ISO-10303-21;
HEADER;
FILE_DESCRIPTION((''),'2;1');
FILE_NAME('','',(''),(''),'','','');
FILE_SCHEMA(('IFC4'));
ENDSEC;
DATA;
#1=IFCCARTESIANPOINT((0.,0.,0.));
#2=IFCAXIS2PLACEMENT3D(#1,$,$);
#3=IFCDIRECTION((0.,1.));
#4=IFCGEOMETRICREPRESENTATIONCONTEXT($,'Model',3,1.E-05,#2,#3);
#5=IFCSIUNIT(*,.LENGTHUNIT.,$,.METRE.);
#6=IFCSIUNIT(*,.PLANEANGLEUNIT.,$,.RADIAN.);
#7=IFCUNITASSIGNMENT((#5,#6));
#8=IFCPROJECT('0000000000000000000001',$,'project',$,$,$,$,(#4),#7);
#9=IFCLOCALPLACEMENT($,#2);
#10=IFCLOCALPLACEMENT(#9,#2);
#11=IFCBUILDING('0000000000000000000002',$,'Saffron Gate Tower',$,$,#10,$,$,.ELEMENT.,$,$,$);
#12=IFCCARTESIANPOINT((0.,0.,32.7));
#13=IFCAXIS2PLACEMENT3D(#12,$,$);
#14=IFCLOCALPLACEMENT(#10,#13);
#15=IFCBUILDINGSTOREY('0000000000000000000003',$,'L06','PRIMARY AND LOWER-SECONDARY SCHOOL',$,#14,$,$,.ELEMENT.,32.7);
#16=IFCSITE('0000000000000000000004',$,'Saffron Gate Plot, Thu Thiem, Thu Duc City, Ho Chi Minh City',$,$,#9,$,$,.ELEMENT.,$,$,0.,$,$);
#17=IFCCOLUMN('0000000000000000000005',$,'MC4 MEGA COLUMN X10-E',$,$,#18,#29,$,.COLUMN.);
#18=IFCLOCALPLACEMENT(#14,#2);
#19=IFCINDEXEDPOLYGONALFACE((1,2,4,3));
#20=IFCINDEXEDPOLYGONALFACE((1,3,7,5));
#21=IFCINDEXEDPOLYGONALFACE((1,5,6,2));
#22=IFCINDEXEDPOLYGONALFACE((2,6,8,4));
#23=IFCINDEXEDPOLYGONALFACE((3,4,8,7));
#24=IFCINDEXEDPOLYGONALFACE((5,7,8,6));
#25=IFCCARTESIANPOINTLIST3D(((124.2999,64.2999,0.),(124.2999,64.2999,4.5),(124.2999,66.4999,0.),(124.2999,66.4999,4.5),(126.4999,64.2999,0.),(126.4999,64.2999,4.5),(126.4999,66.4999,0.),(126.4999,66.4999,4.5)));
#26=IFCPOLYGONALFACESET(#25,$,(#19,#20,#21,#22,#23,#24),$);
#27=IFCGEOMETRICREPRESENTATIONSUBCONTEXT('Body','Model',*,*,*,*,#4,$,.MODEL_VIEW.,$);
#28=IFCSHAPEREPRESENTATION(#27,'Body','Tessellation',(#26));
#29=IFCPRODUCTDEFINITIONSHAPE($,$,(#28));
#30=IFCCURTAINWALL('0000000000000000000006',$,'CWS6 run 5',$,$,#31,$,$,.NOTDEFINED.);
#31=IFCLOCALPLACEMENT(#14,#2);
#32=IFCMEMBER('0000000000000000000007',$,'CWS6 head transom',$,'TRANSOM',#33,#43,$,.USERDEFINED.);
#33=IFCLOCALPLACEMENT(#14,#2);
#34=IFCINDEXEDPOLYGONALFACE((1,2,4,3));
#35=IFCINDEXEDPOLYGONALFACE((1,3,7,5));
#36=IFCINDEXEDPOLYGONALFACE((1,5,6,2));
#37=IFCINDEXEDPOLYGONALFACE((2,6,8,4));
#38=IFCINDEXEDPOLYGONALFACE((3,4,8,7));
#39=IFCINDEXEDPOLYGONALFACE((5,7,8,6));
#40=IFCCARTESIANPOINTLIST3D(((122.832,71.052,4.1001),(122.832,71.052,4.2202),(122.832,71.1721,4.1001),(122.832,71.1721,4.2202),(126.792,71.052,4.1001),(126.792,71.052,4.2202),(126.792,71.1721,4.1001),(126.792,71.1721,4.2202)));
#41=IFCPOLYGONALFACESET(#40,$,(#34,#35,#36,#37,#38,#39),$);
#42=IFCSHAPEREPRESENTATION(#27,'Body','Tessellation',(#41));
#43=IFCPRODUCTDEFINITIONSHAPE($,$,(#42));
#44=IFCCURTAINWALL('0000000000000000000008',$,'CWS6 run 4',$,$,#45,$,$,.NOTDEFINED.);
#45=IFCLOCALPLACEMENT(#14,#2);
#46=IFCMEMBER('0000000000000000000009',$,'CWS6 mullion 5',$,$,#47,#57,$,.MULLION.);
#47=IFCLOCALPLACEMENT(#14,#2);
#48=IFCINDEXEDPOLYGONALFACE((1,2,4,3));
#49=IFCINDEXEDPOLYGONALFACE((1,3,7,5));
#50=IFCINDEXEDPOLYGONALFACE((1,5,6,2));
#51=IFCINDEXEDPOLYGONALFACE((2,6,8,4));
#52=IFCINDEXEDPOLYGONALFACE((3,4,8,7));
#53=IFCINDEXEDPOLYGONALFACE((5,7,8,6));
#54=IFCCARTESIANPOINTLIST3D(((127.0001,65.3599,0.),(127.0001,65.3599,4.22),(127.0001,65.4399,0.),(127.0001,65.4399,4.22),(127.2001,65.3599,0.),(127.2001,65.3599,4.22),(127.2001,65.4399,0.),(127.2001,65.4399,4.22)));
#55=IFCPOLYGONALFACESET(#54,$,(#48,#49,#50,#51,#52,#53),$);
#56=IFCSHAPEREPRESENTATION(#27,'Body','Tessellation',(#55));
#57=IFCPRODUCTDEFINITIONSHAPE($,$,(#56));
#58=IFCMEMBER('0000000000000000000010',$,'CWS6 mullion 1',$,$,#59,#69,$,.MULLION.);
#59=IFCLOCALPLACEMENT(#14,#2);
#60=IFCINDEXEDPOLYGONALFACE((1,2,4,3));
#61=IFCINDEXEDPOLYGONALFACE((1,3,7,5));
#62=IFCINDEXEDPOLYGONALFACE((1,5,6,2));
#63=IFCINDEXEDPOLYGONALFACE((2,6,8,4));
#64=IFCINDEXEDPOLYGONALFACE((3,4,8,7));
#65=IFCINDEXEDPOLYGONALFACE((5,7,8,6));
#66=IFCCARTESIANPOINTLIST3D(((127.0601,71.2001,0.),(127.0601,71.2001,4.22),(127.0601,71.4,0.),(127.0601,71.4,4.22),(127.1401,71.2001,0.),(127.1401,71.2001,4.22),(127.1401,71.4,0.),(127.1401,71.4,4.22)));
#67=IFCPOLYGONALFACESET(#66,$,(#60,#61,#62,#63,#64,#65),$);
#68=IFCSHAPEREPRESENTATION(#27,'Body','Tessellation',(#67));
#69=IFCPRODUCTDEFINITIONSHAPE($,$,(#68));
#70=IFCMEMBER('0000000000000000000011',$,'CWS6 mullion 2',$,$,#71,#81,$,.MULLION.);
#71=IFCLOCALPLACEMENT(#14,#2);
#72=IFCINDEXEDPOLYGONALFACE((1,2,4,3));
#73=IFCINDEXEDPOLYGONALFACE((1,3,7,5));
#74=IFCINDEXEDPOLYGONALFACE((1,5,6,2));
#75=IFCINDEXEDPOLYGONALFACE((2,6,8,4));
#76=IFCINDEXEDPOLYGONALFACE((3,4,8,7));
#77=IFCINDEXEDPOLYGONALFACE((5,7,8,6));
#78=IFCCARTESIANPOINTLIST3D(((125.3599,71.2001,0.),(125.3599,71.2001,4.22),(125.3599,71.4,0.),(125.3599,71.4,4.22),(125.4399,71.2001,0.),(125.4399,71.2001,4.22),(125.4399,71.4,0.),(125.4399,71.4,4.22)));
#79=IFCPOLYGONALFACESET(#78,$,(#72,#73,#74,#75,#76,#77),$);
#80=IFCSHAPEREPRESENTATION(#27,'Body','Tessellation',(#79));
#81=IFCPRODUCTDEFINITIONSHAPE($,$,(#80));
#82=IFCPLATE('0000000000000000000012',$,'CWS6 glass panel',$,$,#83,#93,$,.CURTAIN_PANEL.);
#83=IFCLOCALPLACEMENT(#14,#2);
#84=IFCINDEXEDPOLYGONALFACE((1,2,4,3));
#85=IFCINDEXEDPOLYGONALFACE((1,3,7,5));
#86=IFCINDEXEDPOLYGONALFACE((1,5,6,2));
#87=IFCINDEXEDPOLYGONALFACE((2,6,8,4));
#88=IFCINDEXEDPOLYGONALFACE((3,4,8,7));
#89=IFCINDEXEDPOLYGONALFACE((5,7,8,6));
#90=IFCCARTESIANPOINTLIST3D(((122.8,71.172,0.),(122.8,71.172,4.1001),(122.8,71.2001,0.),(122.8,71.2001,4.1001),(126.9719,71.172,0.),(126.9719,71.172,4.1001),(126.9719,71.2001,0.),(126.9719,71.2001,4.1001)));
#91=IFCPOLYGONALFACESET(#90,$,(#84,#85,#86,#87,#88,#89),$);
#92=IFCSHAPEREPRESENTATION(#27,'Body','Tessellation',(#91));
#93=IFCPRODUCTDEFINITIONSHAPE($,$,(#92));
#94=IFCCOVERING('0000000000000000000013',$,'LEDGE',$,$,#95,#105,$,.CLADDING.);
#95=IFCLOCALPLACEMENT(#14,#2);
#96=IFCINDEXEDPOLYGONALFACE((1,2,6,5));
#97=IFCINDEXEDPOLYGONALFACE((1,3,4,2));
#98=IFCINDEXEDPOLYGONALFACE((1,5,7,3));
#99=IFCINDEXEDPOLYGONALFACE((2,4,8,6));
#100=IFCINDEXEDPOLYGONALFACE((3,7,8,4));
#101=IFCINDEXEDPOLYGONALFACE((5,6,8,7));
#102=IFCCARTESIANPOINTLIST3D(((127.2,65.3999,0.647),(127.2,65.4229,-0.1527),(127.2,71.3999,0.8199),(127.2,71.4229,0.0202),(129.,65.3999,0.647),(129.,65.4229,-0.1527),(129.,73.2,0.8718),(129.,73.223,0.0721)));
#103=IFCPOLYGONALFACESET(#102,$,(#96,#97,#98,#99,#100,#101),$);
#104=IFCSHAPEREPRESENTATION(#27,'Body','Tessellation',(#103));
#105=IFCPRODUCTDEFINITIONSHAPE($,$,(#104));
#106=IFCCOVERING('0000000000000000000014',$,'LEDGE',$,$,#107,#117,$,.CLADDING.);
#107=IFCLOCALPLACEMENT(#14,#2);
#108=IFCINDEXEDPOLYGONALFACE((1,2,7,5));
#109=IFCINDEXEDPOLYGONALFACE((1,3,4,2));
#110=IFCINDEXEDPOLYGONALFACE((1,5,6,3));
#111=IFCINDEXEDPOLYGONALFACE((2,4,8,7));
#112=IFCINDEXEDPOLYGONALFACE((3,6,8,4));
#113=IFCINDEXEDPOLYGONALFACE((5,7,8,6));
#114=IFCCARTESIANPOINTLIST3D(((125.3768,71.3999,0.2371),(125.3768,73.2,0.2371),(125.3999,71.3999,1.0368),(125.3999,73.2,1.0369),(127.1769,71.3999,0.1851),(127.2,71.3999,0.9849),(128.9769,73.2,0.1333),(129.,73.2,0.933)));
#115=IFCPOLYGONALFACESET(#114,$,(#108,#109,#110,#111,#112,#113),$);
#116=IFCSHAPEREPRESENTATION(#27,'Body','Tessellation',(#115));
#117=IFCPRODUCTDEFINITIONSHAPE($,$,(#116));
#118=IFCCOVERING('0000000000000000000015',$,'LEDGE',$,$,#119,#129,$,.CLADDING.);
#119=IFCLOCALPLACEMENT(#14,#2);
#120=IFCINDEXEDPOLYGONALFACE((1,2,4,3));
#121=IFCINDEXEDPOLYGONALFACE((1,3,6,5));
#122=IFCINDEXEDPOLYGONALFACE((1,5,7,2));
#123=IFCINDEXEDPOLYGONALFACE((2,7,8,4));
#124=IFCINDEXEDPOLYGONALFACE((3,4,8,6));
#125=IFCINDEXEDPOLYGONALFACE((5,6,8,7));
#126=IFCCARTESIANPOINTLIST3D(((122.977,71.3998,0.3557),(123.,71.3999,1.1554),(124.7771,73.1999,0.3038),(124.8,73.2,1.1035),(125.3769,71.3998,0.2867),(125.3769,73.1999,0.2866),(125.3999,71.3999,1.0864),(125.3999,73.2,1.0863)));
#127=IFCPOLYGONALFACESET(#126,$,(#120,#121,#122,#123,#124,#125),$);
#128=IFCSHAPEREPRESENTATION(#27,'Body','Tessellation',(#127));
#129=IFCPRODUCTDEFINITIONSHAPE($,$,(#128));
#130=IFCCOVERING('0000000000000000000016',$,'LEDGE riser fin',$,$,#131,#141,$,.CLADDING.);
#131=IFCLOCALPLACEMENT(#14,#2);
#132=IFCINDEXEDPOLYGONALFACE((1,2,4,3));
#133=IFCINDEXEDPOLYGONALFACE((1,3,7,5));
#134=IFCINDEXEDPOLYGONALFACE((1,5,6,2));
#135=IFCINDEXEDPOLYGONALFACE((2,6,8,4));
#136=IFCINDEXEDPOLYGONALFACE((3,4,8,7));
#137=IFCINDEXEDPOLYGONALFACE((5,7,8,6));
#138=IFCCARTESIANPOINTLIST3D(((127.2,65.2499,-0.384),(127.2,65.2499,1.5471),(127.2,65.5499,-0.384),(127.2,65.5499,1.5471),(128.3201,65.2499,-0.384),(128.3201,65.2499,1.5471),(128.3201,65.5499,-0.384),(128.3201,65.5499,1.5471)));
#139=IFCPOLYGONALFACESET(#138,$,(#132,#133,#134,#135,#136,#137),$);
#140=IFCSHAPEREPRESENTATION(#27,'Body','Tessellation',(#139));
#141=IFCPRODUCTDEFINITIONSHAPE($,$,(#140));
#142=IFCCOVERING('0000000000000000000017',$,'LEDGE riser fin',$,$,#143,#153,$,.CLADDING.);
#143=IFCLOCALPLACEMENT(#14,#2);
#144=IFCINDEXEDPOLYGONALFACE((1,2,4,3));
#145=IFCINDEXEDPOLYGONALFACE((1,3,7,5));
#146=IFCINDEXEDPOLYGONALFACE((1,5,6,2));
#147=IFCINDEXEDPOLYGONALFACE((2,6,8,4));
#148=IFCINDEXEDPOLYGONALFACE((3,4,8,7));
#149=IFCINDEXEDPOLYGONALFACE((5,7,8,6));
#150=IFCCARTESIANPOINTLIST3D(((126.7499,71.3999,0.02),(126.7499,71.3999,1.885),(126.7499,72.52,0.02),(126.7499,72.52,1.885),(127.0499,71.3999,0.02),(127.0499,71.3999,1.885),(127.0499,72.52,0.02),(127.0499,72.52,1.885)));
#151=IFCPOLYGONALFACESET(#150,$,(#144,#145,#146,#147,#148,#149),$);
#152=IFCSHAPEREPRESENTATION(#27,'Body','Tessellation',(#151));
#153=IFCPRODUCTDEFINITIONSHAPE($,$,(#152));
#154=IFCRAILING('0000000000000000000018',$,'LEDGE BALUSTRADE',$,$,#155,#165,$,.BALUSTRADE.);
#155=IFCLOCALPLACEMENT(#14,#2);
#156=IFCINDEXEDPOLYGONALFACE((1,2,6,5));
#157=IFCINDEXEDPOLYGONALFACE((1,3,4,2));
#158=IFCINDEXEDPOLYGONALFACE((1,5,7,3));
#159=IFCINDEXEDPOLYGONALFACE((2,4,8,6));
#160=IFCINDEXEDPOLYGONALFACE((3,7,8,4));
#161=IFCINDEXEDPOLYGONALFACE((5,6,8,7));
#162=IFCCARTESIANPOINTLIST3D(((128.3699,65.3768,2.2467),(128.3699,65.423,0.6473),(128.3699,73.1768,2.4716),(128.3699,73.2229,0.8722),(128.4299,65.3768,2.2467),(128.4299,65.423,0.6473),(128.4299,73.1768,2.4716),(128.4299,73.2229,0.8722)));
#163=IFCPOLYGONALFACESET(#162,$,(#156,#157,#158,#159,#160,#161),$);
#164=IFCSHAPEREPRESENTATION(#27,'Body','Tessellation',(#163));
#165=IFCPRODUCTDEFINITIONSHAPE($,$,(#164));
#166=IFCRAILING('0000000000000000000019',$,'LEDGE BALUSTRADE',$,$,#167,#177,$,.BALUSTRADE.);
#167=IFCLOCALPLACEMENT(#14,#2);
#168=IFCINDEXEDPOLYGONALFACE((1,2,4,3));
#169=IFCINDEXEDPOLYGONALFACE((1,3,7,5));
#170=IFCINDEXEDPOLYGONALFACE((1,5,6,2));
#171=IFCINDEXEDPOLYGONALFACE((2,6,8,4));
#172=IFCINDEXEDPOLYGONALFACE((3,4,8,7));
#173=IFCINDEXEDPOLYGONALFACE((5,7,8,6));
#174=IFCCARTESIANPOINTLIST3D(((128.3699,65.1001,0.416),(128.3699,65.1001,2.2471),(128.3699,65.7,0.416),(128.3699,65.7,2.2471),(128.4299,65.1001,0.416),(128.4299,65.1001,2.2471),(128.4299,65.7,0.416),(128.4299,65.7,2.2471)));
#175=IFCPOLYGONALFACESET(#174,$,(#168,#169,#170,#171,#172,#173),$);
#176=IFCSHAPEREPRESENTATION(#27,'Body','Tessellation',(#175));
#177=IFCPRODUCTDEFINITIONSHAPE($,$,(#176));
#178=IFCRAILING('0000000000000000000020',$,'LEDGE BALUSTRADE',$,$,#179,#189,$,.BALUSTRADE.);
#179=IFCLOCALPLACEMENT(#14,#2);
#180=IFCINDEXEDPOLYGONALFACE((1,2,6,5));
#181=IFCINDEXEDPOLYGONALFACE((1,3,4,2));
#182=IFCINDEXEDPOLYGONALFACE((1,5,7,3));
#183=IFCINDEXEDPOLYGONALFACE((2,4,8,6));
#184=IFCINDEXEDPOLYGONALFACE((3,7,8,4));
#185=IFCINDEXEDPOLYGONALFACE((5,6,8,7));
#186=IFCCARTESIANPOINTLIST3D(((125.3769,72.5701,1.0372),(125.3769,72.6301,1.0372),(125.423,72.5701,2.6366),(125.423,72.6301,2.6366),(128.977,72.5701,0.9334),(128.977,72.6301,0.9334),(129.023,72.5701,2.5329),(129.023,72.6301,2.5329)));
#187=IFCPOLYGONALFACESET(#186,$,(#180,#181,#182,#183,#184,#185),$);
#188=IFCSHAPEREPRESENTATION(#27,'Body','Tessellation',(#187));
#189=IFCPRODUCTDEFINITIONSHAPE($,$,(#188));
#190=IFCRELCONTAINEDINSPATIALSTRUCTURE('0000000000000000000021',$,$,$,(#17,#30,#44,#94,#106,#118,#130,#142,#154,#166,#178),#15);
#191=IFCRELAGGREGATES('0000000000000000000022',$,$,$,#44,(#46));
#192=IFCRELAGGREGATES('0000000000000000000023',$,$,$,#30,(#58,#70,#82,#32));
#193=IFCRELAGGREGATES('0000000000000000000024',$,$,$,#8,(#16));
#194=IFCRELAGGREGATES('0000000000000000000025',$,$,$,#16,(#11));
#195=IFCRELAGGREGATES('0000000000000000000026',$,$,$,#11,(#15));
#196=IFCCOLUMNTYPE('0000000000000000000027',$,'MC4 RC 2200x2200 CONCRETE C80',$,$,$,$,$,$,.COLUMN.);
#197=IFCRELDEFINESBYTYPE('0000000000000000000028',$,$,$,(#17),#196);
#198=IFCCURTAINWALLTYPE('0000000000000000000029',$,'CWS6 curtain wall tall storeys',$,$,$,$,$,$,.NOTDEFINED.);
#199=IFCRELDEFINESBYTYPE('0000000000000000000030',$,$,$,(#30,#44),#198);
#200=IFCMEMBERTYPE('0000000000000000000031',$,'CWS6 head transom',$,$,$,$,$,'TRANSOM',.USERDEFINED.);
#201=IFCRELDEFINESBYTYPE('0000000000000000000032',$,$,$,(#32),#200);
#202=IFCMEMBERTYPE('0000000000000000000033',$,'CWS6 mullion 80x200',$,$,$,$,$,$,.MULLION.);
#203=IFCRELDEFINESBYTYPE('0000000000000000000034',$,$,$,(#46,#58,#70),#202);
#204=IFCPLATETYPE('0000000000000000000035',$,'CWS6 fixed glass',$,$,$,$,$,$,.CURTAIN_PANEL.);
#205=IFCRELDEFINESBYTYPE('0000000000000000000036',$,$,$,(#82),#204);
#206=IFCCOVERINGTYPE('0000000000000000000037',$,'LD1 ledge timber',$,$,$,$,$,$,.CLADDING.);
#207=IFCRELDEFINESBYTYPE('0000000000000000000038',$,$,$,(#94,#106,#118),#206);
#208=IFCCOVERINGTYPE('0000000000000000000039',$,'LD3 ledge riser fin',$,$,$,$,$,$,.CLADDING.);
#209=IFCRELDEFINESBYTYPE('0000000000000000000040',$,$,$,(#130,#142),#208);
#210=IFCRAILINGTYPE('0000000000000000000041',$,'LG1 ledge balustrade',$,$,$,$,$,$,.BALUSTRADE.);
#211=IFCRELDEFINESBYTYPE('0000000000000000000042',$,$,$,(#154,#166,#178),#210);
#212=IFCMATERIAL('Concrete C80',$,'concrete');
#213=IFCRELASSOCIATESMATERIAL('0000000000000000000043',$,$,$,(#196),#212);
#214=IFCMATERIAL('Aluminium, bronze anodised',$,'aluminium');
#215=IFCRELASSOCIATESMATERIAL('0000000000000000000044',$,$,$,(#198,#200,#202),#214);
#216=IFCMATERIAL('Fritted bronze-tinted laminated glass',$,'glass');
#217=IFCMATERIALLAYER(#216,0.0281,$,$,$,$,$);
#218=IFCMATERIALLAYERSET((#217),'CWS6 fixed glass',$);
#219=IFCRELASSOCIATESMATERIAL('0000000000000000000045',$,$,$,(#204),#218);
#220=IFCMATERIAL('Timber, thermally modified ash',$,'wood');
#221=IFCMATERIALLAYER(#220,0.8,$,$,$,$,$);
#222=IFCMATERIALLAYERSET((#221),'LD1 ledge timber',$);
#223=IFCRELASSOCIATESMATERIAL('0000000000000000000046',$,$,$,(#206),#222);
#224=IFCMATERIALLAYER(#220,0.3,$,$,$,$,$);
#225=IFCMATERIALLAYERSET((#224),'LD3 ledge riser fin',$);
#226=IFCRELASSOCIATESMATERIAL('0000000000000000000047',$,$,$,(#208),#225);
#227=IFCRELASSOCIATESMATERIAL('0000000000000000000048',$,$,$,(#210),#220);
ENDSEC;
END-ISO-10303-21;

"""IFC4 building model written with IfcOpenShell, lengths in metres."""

from ifc_helpers import new_model, si_unit, direction, frame, frame_2d, origin, origin_2d, place, context, subcontext, project, spatial, polyline, rectangle, outline, extrude, material, layer, layer_set, material_profile, profile_set, type_object, element, aggregate, save


model = new_model("IFC4")

# Units and contexts
model_context = context("Model", 3, precision=1e-05, world=origin(), true_north=direction((0.0, 1.0)))
body_context = subcontext(model_context, "Body", "Model", "MODEL_VIEW")
ifc_project = project(units=[si_unit("LENGTHUNIT", "METRE"), si_unit("PLANEANGLEUNIT", "RADIAN")], contexts=[model_context])

# Site, building, storey
site_placement = place(None, origin())
site = spatial("IfcSite", under=ifc_project, at=site_placement, Name="Saffron Gate Plot, Thu Thiem, Thu Duc City, Ho Chi Minh City", CompositionType="ELEMENT", RefElevation=0.0)
building_placement = place(site_placement, origin())
building = spatial("IfcBuilding", under=site, at=building_placement, Name="Saffron Gate Tower", CompositionType="ELEMENT")
storey_placement = place(building_placement, frame((0.0, 0.0, 32.7)))
storey = spatial("IfcBuildingStorey", under=building, at=storey_placement, Name="L06", Description="PRIMARY AND LOWER-SECONDARY SCHOOL", CompositionType="ELEMENT", Elevation=32.7)

# Column
ifc_material_1 = material(Name="Concrete C80", Category="concrete")
ifc_material_profile_1 = material_profile(ifc_material_1, rectangle(XDim=2.2, YDim=2.2, at=origin_2d()))
ifc_profile_set_1 = profile_set([ifc_material_profile_1], Name="Concrete C80")
column_type = type_object("IfcColumnType", Name="MC4 RC 2200x2200 CONCRETE C80", PredefinedType="COLUMN", material=ifc_profile_set_1)
column_placement = place(storey_placement, frame((125.3999, 65.3999, 0.0), z_axis=(0.0, 0.0, 1.0), x_axis=(1.0, 0.0, 0.0)))
element("IfcColumn", 1, at=column_placement, inside=storey, type_object=column_type, Name="MC4 MEGA COLUMN X10-E", PredefinedType="COLUMN", context=body_context, shape_type="SweptSolid", body=[
    extrude(rectangle(XDim=2.2, YDim=2.2, at=origin_2d()), origin(), (0.0, 0.0, 1.0), 4.5),
])

# Curtain walls, members
ifc_material_2 = material(Name="Aluminium, bronze anodised", Category="aluminium")
curtain_wall_type = type_object("IfcCurtainWallType", Name="CWS6 curtain wall tall storeys", PredefinedType="NOTDEFINED", material=ifc_material_2)
curtain_wall_1_placement = place(storey_placement, origin())
curtain_wall_1 = element("IfcCurtainWall", 2, at=curtain_wall_1_placement, inside=storey, type_object=curtain_wall_type, Name="CWS6 run 5", PredefinedType="NOTDEFINED")
ifc_material_profile_2 = material_profile(ifc_material_2, rectangle(XDim=0.1201, YDim=0.1201, at=origin_2d()))
ifc_profile_set_2 = profile_set([ifc_material_profile_2], Name="Aluminium, bronze anodised")
member_type_1 = type_object("IfcMemberType", Name="CWS6 head transom", ElementType="TRANSOM", PredefinedType="USERDEFINED", material=ifc_profile_set_2)
member_1_placement = place(storey_placement, frame((126.792, 71.1121, 4.1602), z_axis=(-1.0, 0.0, 0.0), x_axis=(0.0, -1.0, 0.0)))
member_1 = element("IfcMember", 3, at=member_1_placement, type_object=member_type_1, Name="CWS6 head transom", ObjectType="TRANSOM", PredefinedType="USERDEFINED", context=body_context, shape_type="SweptSolid", body=[
    extrude(rectangle(XDim=0.1201, YDim=0.1201, at=origin_2d()), origin(), (0.0, 0.0, 1.0), 3.96),
])
curtain_wall_2_placement = place(storey_placement, origin())
curtain_wall_2 = element("IfcCurtainWall", 4, at=curtain_wall_2_placement, inside=storey, type_object=curtain_wall_type, Name="CWS6 run 4", PredefinedType="NOTDEFINED")
ifc_material_profile_3 = material_profile(ifc_material_2, rectangle(XDim=0.2, YDim=0.0801, at=origin_2d()))
ifc_profile_set_3 = profile_set([ifc_material_profile_3], Name="Aluminium, bronze anodised")
member_type_2 = type_object("IfcMemberType", Name="CWS6 mullion 80x200", PredefinedType="MULLION", material=ifc_profile_set_3)
member_2_placement = place(storey_placement, frame((127.1001, 65.3999, 0.0), z_axis=(0.0, 0.0, 1.0), x_axis=(-1.0, 0.0, 0.0)))
member_2 = element("IfcMember", 5, at=member_2_placement, type_object=member_type_2, Name="CWS6 mullion 5", PredefinedType="MULLION", context=body_context, shape_type="SweptSolid", body=[
    extrude(rectangle(XDim=0.2, YDim=0.0801, at=origin_2d()), origin(), (0.0, 0.0, 1.0), 4.22),
])
aggregate(curtain_wall_2, [member_2])

# Members
member_3_placement = place(storey_placement, frame((127.1001, 71.3, 0.0), z_axis=(0.0, 0.0, 1.0), x_axis=(0.0, -1.0, 0.0)))
member_3 = element("IfcMember", 6, at=member_3_placement, type_object=member_type_2, Name="CWS6 mullion 1", PredefinedType="MULLION", context=body_context, shape_type="SweptSolid", body=[
    extrude(rectangle(XDim=0.2, YDim=0.0801, at=origin_2d()), origin(), (0.0, 0.0, 1.0), 4.22),
])
member_4_placement = place(storey_placement, frame((125.3999, 71.3, 0.0), z_axis=(0.0, 0.0, 1.0), x_axis=(0.0, -1.0, 0.0)))
member_4 = element("IfcMember", 7, at=member_4_placement, type_object=member_type_2, Name="CWS6 mullion 2", PredefinedType="MULLION", context=body_context, shape_type="SweptSolid", body=[
    extrude(rectangle(XDim=0.2, YDim=0.0801, at=origin_2d()), origin(), (0.0, 0.0, 1.0), 4.22),
])

# Plate
ifc_material_3 = material(Name="Fritted bronze-tinted laminated glass", Category="glass")
ifc_layer_1 = layer(ifc_material_3, 0.0281)
ifc_layer_set_1 = layer_set([ifc_layer_1], Name="CWS6 fixed glass")
plate_type = type_object("IfcPlateType", Name="CWS6 fixed glass", PredefinedType="CURTAIN_PANEL", material=ifc_layer_set_1)
plate_placement = place(storey_placement, frame((126.9719, 71.186, 0.0), z_axis=(0.0, 0.0, 1.0), x_axis=(-1.0, 0.0, 0.0)))
plate = element("IfcPlate", 8, at=plate_placement, type_object=plate_type, Name="CWS6 glass panel", PredefinedType="CURTAIN_PANEL", context=body_context, shape_type="SweptSolid", body=[
    extrude(rectangle(XDim=4.1719, YDim=0.0281, at=frame_2d((2.0859, 0.0))), origin(), (0.0, 0.0, 1.0), 4.1001),
])
aggregate(curtain_wall_1, [member_3, member_4, plate, member_1])

# Coverings
ifc_material_4 = material(Name="Timber, thermally modified ash", Category="wood")
ifc_layer_2 = layer(ifc_material_4, 0.8)
ifc_layer_set_2 = layer_set([ifc_layer_2], Name="LD1 ledge timber")
covering_type_1 = type_object("IfcCoveringType", Name="LD1 ledge timber", PredefinedType="CLADDING", material=ifc_layer_set_2)
covering_1_placement = place(storey_placement, frame((127.2, 65.3999, 0.647), z_axis=(-0.000035, -0.028807, 0.999585), x_axis=(0.0, 0.999585, 0.028807)))
element("IfcCovering", 9, at=covering_1_placement, inside=storey, type_object=covering_type_1, Name="LEDGE", PredefinedType="CLADDING", context=body_context, shape_type="SweptSolid", body=[
    extrude(outline(polyline([(0.0, 0.0), (6.0025, 0.0), (7.8033, -1.8), (0.0, -1.8), (0.0, 0.0)])), origin(), (0.0, 0.0, -1.0), 0.8),
])
covering_2_placement = place(storey_placement, frame((127.2, 71.3999, 0.9849), z_axis=(0.028832, -0.000045, 0.999584), x_axis=(-0.999584, 0.0, 0.028832)))
element("IfcCovering", 10, at=covering_2_placement, inside=storey, type_object=covering_type_1, Name="LEDGE", PredefinedType="CLADDING", context=body_context, shape_type="SweptSolid", body=[
    extrude(outline(polyline([(0.0, 0.0), (1.8008, 0.0), (1.8008, -1.8), (-1.8008, -1.8), (0.0, 0.0)])), origin(), (0.0, 0.0, -1.0), 0.8),
])
covering_3_placement = place(storey_placement, frame((125.3999, 71.3999, 1.0864), z_axis=(0.028718, 0.00008, 0.999588), x_axis=(-0.999588, 0.0, 0.028718)))
element("IfcCovering", 11, at=covering_3_placement, inside=storey, type_object=covering_type_1, Name="LEDGE", PredefinedType="CLADDING", context=body_context, shape_type="SweptSolid", body=[
    extrude(outline(polyline([(0.0, 0.0), (2.4009, 0.0), (0.6001, -1.8), (0.0, -1.8), (0.0, 0.0)])), origin(), (0.0, 0.0, -1.0), 0.8),
])
ifc_layer_3 = layer(ifc_material_4, 0.3)
ifc_layer_set_3 = layer_set([ifc_layer_3], Name="LD3 ledge riser fin")
covering_type_2 = type_object("IfcCoveringType", Name="LD3 ledge riser fin", PredefinedType="CLADDING", material=ifc_layer_set_3)
covering_4_placement = place(storey_placement, frame((127.76, 65.3999, -0.384), z_axis=(0.0, 0.0, 1.0), x_axis=(0.0, 1.0, 0.0)))
element("IfcCovering", 12, at=covering_4_placement, inside=storey, type_object=covering_type_2, Name="LEDGE riser fin", PredefinedType="CLADDING", context=body_context, shape_type="SweptSolid", body=[
    extrude(rectangle(XDim=0.3, YDim=1.1201, at=origin_2d()), origin(), (0.0, 0.0, 1.0), 1.9312),
])
covering_5_placement = place(storey_placement, frame((126.8999, 71.96, 0.02), z_axis=(0.0, 0.0, 1.0), x_axis=(-1.0, 0.0, 0.0)))
element("IfcCovering", 13, at=covering_5_placement, inside=storey, type_object=covering_type_2, Name="LEDGE riser fin", PredefinedType="CLADDING", context=body_context, shape_type="SweptSolid", body=[
    extrude(rectangle(XDim=0.3, YDim=1.1201, at=origin_2d()), origin(), (0.0, 0.0, 1.0), 1.865),
])

# Railings
railing_type = type_object("IfcRailingType", Name="LG1 ledge balustrade", PredefinedType="BALUSTRADE", material=ifc_material_4)
railing_1_placement = place(storey_placement, frame((128.3999, 65.3999, 0.647)))
element("IfcRailing", 14, at=railing_1_placement, inside=storey, type_object=railing_type, Name="LEDGE BALUSTRADE", PredefinedType="BALUSTRADE", context=body_context, shape_type="SweptSolid", body=[
    extrude(rectangle(XDim=0.0601, YDim=1.6001, at=origin_2d()), frame((0.0, 0.0, 0.8), z_axis=(0.0, 0.999585, 0.028815), x_axis=(-1.0, 0.0, 0.0)), (0.0, 0.0, 1.0), 7.8032),
])
railing_2_placement = place(storey_placement, frame((128.3999, 65.1001, 0.416)))
element("IfcRailing", 15, at=railing_2_placement, inside=storey, type_object=railing_type, Name="LEDGE BALUSTRADE", PredefinedType="BALUSTRADE", context=body_context, shape_type="SweptSolid", body=[
    extrude(rectangle(XDim=0.0601, YDim=1.8311, at=origin_2d()), frame((0.0, 0.0, 0.9155), z_axis=(0.0, 1.0, 0.0), x_axis=(-1.0, 0.0, 0.0)), (0.0, 0.0, 1.0), 0.5999),
])
railing_3_placement = place(storey_placement, frame((129.0, 72.6001, 0.9331)))
element("IfcRailing", 16, at=railing_3_placement, inside=storey, type_object=railing_type, Name="LEDGE BALUSTRADE", PredefinedType="BALUSTRADE", context=body_context, shape_type="SweptSolid", body=[
    extrude(rectangle(XDim=0.0601, YDim=1.6001, at=origin_2d()), frame((0.0, 0.0, 0.8), z_axis=(-0.999585, 0.0, 0.028809), x_axis=(0.0, -1.0, 0.0)), (0.0, 0.0, 1.0), 3.6016),
])

save(model, "model.ifc")
